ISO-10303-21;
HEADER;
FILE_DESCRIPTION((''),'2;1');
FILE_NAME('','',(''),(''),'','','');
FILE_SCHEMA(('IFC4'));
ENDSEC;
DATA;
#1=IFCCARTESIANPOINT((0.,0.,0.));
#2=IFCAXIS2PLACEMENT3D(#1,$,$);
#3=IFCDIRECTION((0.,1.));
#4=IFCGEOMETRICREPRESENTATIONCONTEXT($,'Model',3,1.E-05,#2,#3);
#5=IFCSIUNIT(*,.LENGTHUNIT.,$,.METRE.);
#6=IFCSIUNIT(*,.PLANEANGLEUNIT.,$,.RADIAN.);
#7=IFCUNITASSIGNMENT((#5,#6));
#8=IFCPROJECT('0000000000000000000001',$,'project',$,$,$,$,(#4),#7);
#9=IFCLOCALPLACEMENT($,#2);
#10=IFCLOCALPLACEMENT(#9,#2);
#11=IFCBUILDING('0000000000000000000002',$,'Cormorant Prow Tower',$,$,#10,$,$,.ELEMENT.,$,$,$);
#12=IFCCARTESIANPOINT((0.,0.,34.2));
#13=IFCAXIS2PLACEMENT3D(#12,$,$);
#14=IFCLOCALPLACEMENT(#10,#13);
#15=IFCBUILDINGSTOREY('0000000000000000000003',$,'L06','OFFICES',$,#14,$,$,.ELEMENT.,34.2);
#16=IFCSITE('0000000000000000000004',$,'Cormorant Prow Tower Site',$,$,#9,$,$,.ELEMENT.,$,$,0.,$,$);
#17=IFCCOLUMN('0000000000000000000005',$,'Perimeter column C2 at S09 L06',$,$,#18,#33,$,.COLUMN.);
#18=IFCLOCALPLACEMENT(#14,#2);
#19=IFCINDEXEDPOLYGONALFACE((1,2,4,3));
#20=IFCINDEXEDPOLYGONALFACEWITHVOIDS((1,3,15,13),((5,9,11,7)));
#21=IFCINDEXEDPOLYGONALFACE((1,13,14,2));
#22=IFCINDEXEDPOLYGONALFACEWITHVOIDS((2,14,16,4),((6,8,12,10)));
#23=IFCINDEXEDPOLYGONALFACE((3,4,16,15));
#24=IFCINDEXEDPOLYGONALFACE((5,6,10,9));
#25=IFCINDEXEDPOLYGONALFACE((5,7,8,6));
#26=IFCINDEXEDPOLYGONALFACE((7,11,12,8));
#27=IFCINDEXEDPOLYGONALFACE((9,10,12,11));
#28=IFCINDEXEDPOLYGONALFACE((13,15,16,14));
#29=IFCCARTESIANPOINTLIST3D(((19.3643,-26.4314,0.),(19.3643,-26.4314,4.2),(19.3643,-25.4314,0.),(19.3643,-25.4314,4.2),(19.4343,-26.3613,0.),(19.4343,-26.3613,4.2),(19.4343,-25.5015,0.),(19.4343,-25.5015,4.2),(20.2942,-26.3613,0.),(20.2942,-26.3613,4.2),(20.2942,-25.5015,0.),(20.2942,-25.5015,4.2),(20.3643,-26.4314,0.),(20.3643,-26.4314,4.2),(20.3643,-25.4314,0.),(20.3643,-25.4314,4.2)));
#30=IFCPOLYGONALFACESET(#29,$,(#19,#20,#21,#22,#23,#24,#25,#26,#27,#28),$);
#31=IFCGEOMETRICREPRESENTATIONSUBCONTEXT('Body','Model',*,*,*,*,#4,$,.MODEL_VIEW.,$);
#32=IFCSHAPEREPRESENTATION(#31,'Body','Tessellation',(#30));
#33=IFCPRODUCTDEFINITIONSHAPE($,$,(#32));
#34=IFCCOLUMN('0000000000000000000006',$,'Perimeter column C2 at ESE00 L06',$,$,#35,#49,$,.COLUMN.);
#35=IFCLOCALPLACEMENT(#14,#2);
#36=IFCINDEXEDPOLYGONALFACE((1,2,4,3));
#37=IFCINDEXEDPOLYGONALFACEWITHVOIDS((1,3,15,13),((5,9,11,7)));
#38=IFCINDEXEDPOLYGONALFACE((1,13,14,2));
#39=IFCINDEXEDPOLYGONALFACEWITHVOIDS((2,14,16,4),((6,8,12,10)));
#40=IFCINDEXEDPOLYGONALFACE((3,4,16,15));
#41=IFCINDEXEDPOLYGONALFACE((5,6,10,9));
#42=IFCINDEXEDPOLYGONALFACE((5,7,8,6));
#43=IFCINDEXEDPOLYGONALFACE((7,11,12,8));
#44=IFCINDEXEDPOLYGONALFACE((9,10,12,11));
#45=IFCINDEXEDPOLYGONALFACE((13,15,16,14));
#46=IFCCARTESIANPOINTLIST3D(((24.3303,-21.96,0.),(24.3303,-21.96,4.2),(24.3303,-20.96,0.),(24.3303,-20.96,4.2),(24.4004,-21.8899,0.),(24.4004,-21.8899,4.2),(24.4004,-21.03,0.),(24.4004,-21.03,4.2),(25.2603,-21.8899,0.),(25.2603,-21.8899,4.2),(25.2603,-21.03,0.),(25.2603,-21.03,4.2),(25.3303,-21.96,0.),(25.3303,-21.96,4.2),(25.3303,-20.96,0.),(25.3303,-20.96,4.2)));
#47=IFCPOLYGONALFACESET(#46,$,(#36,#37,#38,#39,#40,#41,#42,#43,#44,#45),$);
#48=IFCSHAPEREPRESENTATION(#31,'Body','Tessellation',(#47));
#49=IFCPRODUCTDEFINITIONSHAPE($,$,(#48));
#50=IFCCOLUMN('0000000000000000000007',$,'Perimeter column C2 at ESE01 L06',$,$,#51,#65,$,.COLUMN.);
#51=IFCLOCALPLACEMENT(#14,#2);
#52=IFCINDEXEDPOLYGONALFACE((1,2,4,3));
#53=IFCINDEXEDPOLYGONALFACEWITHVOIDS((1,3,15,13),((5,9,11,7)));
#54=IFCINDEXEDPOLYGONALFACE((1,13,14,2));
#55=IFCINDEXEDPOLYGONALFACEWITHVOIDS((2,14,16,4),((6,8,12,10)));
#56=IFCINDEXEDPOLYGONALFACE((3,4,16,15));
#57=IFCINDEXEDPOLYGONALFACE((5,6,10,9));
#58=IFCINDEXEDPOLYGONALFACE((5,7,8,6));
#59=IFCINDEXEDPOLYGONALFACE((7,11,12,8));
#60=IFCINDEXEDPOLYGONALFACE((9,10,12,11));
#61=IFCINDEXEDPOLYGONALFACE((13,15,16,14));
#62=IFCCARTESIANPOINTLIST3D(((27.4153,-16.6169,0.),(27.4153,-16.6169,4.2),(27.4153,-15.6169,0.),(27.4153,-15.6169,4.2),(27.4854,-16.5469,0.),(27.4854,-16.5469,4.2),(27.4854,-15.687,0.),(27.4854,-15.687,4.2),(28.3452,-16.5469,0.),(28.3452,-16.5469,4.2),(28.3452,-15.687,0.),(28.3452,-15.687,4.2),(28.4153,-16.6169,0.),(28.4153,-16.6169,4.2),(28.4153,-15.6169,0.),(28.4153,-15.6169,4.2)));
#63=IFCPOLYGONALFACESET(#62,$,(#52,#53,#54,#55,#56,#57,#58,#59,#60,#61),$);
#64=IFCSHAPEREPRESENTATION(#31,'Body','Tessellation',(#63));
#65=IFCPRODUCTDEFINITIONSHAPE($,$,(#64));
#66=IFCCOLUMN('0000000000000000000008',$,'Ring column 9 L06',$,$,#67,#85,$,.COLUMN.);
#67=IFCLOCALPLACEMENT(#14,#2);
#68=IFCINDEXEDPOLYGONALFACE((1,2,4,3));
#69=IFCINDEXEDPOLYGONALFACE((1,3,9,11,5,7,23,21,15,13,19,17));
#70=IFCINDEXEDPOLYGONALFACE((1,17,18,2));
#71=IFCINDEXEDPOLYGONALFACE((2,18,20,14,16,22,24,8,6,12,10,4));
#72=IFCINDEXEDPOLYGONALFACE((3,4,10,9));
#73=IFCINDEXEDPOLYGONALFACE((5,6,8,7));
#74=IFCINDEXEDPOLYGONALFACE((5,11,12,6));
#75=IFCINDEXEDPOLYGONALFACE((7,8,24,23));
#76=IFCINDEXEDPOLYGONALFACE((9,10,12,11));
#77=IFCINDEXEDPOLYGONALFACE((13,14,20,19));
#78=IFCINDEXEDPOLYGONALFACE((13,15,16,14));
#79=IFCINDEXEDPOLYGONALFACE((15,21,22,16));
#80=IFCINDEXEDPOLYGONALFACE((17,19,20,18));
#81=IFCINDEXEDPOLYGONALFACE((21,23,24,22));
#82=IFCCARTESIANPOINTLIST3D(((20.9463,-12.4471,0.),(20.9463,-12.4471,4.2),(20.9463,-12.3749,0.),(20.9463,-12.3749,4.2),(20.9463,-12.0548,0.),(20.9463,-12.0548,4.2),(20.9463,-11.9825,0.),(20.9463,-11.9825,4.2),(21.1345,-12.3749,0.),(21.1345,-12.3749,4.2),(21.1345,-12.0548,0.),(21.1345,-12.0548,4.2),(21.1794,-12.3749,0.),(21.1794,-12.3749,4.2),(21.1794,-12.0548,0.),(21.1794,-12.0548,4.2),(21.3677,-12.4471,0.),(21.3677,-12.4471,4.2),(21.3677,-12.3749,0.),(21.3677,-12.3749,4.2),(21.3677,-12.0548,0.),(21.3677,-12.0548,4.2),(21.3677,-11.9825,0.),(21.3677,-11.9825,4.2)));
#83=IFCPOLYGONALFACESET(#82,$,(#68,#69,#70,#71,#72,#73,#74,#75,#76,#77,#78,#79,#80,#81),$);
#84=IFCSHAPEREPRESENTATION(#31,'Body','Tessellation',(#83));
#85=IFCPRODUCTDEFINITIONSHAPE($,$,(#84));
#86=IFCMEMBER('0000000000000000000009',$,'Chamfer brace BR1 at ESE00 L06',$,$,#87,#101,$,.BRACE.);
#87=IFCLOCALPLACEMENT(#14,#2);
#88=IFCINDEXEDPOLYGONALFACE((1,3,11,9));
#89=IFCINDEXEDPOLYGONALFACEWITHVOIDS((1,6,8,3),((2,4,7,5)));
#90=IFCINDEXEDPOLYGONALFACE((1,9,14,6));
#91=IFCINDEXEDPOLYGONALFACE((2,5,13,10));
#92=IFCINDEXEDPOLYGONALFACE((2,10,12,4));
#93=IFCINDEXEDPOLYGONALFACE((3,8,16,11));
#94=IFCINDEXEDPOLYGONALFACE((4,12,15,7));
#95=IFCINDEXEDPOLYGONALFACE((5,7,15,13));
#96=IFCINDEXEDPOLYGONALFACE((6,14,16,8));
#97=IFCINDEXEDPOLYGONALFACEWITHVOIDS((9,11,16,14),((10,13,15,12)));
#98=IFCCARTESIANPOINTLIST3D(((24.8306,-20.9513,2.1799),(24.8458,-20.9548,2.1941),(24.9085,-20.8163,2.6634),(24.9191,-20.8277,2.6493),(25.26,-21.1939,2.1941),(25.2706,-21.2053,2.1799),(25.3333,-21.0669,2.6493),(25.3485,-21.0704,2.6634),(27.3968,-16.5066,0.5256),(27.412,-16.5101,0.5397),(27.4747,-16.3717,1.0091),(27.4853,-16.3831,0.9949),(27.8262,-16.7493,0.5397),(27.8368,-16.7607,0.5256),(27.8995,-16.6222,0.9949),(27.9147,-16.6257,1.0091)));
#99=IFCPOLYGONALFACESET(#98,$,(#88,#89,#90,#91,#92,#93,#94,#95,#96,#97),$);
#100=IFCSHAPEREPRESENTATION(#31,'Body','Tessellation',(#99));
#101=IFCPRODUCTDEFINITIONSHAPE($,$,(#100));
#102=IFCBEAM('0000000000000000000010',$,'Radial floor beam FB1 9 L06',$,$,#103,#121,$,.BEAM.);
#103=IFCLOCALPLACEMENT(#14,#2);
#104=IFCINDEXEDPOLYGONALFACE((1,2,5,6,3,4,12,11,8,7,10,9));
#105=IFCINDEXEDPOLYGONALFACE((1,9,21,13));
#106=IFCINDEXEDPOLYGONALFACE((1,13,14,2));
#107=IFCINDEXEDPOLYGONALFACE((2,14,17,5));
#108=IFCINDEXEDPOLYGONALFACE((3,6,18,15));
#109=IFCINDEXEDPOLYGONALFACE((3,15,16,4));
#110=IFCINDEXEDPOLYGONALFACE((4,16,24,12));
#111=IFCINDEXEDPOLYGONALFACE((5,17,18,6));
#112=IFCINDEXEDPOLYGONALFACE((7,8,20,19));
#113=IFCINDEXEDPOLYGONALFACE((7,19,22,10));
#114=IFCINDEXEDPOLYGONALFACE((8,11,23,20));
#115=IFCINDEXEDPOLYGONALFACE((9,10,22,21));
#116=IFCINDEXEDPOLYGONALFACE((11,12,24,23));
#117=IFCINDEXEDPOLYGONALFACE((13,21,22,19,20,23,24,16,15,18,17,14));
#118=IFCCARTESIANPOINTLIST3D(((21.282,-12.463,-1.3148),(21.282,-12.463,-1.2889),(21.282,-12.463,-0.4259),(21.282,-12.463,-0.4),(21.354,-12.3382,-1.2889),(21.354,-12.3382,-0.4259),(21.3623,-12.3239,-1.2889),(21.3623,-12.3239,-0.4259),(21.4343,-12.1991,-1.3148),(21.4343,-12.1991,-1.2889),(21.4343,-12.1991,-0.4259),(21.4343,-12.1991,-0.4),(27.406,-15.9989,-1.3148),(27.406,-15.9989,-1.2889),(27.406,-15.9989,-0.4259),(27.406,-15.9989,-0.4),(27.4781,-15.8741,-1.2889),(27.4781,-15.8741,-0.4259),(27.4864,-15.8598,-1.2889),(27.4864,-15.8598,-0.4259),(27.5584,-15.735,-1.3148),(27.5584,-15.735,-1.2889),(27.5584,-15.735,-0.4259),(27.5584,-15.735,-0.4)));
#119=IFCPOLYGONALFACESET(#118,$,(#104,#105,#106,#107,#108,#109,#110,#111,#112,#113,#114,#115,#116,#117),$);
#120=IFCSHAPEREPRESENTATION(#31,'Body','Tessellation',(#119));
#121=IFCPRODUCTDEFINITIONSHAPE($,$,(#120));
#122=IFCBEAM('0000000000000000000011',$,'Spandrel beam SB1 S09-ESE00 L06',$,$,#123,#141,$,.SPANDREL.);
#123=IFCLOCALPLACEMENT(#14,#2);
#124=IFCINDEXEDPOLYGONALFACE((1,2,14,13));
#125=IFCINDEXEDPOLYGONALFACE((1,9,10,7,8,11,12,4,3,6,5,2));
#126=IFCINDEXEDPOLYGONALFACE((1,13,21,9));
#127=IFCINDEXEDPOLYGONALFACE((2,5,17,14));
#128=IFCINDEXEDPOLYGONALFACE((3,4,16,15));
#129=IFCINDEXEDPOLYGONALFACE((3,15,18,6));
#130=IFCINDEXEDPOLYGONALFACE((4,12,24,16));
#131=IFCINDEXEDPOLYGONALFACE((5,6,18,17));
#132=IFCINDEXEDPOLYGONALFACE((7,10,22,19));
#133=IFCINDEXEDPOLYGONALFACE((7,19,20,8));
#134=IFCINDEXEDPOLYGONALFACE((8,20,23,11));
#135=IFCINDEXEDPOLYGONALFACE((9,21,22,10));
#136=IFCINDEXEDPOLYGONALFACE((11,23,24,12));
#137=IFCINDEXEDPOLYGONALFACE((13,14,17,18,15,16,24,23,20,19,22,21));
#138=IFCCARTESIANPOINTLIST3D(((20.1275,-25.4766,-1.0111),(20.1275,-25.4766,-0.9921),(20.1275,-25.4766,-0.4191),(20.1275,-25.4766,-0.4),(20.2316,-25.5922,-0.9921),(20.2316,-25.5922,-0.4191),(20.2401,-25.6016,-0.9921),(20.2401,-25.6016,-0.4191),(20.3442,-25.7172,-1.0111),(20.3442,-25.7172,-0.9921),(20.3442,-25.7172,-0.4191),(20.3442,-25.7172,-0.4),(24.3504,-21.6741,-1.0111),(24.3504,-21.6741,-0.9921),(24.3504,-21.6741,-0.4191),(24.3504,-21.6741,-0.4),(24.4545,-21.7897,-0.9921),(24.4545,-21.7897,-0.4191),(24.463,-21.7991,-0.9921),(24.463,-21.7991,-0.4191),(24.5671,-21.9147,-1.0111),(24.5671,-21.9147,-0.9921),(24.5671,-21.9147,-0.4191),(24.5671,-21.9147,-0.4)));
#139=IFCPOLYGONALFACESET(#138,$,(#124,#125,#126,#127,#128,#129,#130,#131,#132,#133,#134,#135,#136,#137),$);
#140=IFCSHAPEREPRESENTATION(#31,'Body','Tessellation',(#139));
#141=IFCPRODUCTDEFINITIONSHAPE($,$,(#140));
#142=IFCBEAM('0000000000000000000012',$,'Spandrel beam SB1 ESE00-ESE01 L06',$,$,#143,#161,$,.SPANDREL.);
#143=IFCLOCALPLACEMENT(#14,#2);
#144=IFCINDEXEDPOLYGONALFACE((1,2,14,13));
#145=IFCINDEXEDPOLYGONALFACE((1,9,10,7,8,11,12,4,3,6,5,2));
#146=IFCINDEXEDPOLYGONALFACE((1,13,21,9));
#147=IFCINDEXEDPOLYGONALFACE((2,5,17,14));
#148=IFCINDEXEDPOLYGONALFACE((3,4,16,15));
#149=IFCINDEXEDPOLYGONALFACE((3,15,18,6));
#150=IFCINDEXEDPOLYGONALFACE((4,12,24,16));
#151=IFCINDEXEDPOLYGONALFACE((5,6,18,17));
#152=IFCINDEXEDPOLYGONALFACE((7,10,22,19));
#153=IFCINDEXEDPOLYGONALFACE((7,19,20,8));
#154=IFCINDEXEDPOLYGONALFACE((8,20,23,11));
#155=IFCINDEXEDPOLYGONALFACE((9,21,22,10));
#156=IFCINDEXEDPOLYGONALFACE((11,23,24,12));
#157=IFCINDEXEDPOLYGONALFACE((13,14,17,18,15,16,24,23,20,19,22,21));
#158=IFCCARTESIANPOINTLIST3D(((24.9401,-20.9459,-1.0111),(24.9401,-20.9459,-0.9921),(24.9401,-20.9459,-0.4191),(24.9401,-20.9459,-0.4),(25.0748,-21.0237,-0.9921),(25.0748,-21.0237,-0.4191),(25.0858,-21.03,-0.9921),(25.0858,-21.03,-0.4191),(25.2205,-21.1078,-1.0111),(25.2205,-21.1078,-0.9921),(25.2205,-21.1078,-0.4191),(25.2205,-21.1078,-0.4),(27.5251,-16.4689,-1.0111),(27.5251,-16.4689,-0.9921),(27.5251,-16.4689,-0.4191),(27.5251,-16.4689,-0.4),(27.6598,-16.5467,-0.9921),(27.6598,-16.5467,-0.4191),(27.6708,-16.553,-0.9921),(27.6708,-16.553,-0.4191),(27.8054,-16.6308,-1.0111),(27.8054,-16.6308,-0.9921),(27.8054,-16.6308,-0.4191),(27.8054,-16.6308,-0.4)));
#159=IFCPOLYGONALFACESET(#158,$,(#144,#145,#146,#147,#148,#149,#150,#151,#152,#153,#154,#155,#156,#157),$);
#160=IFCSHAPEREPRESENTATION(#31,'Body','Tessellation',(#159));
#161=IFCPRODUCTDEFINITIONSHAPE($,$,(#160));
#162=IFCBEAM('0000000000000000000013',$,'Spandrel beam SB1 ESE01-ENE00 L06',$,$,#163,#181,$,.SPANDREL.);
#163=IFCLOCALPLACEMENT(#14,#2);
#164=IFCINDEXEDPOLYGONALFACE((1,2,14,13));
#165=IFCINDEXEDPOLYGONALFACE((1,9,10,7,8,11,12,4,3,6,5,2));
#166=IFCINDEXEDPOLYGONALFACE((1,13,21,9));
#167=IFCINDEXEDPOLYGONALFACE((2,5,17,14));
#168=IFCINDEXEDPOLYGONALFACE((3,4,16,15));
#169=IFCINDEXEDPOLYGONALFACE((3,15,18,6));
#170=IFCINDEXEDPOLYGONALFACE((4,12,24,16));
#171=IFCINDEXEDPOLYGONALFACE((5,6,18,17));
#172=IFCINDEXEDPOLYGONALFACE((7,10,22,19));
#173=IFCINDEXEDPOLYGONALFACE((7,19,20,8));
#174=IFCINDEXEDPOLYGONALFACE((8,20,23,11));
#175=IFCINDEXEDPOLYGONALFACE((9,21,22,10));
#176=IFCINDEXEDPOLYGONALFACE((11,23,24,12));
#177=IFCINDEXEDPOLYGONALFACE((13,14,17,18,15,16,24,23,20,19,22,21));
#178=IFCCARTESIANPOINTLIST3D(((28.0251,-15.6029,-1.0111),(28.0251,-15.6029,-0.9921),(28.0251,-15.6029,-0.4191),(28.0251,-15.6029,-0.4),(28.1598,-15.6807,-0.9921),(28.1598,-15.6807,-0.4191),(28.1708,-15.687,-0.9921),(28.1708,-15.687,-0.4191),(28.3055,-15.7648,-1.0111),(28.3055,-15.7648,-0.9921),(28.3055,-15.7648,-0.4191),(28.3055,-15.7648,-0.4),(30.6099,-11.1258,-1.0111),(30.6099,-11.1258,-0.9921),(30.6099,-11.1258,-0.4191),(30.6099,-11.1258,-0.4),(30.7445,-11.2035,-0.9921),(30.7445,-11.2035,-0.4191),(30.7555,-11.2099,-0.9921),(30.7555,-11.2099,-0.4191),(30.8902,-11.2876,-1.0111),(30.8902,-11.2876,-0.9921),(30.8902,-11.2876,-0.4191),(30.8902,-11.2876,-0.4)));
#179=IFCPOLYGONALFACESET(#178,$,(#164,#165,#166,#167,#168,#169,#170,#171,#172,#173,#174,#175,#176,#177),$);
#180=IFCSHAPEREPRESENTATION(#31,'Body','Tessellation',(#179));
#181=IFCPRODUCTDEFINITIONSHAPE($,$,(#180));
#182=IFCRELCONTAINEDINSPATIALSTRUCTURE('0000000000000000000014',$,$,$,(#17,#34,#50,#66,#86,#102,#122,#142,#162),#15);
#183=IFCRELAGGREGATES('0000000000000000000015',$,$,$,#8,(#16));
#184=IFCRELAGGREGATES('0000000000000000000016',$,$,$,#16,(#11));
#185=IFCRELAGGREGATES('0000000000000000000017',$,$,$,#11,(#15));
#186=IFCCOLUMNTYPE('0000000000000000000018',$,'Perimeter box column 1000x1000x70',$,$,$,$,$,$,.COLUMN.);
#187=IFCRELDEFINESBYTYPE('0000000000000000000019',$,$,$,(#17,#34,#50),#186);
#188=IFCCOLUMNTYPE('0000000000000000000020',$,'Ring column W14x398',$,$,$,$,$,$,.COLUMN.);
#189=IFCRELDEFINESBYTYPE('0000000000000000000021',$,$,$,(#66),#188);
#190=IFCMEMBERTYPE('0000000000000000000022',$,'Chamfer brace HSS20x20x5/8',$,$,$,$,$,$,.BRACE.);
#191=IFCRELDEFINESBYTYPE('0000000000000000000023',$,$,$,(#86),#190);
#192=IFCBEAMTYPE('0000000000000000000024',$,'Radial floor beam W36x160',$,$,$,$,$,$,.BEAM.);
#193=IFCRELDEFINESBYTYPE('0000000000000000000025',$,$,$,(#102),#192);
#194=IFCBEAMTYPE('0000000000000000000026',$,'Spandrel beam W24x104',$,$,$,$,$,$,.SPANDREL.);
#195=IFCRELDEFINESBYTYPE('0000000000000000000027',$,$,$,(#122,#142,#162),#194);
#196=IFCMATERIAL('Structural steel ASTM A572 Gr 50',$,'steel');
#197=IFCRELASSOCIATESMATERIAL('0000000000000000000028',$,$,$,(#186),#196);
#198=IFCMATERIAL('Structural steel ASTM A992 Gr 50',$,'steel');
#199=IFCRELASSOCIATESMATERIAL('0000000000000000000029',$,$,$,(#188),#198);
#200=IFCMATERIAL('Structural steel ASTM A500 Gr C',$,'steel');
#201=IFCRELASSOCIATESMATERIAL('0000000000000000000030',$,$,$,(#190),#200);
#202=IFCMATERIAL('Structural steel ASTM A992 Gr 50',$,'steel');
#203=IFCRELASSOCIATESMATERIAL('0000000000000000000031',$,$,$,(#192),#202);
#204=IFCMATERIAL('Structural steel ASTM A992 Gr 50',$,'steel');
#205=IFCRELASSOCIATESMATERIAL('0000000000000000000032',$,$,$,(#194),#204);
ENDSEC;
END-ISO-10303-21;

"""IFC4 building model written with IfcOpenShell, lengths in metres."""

from ifc_helpers import new_model, si_unit, direction, frame, origin, origin_2d, place, context, subcontext, project, spatial, hollow_rectangle, i_section, extrude, material, material_profile, profile_set, type_object, element, save


model = new_model("IFC4")

# Units and contexts
model_context = context("Model", 3, precision=1e-05, world=origin(), true_north=direction((0.0, 1.0)))
body_context = subcontext(model_context, "Body", "Model", "MODEL_VIEW")
ifc_project = project(units=[si_unit("LENGTHUNIT", "METRE"), si_unit("PLANEANGLEUNIT", "RADIAN")], contexts=[model_context])

# Site, building, storey
site_placement = place(None, origin())
site = spatial("IfcSite", under=ifc_project, at=site_placement, Name="Cormorant Prow Tower Site", CompositionType="ELEMENT", RefElevation=0.0)
building_placement = place(site_placement, origin())
building = spatial("IfcBuilding", under=site, at=building_placement, Name="Cormorant Prow Tower", CompositionType="ELEMENT")
storey_placement = place(building_placement, frame((0.0, 0.0, 34.2)))
storey = spatial("IfcBuildingStorey", under=building, at=storey_placement, Name="L06", Description="OFFICES", CompositionType="ELEMENT", Elevation=34.2)

# Columns
ifc_material_1 = material(Name="Structural steel ASTM A572 Gr 50", Category="steel")
ifc_material_profile_1 = material_profile(ifc_material_1, hollow_rectangle(XDim=1.0, YDim=1.0, WallThickness=0.0701, at=origin_2d()), Name="Box 1000x1000x70")
ifc_profile_set_1 = profile_set([ifc_material_profile_1], Name="Structural steel ASTM A572 Gr 50")
column_type_1 = type_object("IfcColumnType", Name="Perimeter box column 1000x1000x70", PredefinedType="COLUMN", material=ifc_profile_set_1)
for number, where, z_axis, x_axis, name in (
    (1, (19.8643, -25.9314, 0.0), (0.0, 0.0, 1.0), (1.0, 0.0, 0.0), "Perimeter column C2 at S09 L06"),
    (2, (24.8303, -21.46, 0.0), (0.0, 0.0, 1.0), (1.0, 0.0, 0.0), "Perimeter column C2 at ESE00 L06"),
    (3, (27.9153, -16.1169, 0.0), (0.0, 0.0, 1.0), (1.0, 0.0, 0.0), "Perimeter column C2 at ESE01 L06"),
):
    element("IfcColumn", number, at=place(storey_placement, frame(where, z_axis=z_axis, x_axis=x_axis)), inside=storey, type_object=column_type_1, Name=name, PredefinedType="COLUMN", context=body_context, shape_type="SweptSolid", body=[
        extrude(hollow_rectangle(XDim=1.0, YDim=1.0, WallThickness=0.0701, at=origin_2d()), origin(), (0.0, 0.0, 1.0), 4.2),
    ])
ifc_material_2 = material(Name="Structural steel ASTM A992 Gr 50", Category="steel")
ifc_material_profile_2 = material_profile(ifc_material_2, i_section(OverallWidth=0.4214, OverallDepth=0.4646, WebThickness=0.0449, FlangeThickness=0.0723, at=origin_2d()), Name="W14x398")
ifc_profile_set_2 = profile_set([ifc_material_profile_2], Name="Structural steel ASTM A992 Gr 50")
column_type_2 = type_object("IfcColumnType", Name="Ring column W14x398", PredefinedType="COLUMN", material=ifc_profile_set_2)
column_placement = place(storey_placement, frame((21.157, -12.2148, 0.0), z_axis=(0.0, 0.0, 1.0), x_axis=(1.0, 0.0, 0.0)))
element("IfcColumn", 4, at=column_placement, inside=storey, type_object=column_type_2, Name="Ring column 9 L06", PredefinedType="COLUMN", context=body_context, shape_type="SweptSolid", body=[
    extrude(i_section(OverallWidth=0.4214, OverallDepth=0.4646, WebThickness=0.0449, FlangeThickness=0.0723, at=origin_2d()), origin(), (0.0, 0.0, 1.0), 4.2),
])

# Member
ifc_material_3 = material(Name="Structural steel ASTM A500 Gr C", Category="steel")
ifc_material_profile_3 = material_profile(ifc_material_3, hollow_rectangle(XDim=0.5081, YDim=0.5081, WallThickness=0.0149, at=origin_2d()), Name="HSS20x20x5/8")
ifc_profile_set_3 = profile_set([ifc_material_profile_3], Name="Structural steel ASTM A500 Gr C")
member_type = type_object("IfcMemberType", Name="Chamfer brace HSS20x20x5/8", PredefinedType="BRACE", material=ifc_profile_set_3)
member_placement = place(storey_placement, frame((27.6558, -16.5662, 0.7673), z_axis=(-0.4759, -0.824256, 0.306793), x_axis=(0.866018, -0.500012, 0.0)))
element("IfcMember", 5, at=member_placement, inside=storey, type_object=member_type, Name="Chamfer brace BR1 at ESE00 L06", PredefinedType="BRACE", context=body_context, shape_type="SweptSolid", body=[
    extrude(hollow_rectangle(XDim=0.5081, YDim=0.5081, WallThickness=0.0149, at=origin_2d()), origin(), (0.0, 0.0, 1.0), 5.3923),
])

# Beams
ifc_material_4 = material(Name="Structural steel ASTM A992 Gr 50", Category="steel")
ifc_material_profile_4 = material_profile(ifc_material_4, i_section(OverallWidth=0.3047, OverallDepth=0.9148, WebThickness=0.0166, FlangeThickness=0.0259, at=origin_2d()), Name="W36x160")
ifc_profile_set_4 = profile_set([ifc_material_profile_4], Name="Structural steel ASTM A992 Gr 50")
beam_type_1 = type_object("IfcBeamType", Name="Radial floor beam W36x160", PredefinedType="BEAM", material=ifc_profile_set_4)
beam_1_placement = place(storey_placement, frame((21.3582, -12.3311, -0.8574), z_axis=(0.866014, -0.500019, 0.0), x_axis=(0.500019, 0.866014, 0.0)))
element("IfcBeam", 6, at=beam_1_placement, inside=storey, type_object=beam_type_1, Name="Radial floor beam FB1 9 L06", PredefinedType="BEAM", context=body_context, shape_type="SweptSolid", body=[
    extrude(i_section(OverallWidth=0.3047, OverallDepth=0.9148, WebThickness=0.0166, FlangeThickness=0.0259, at=origin_2d()), origin(), (0.0, 0.0, 1.0), 7.0715),
])
ifc_material_5 = material(Name="Structural steel ASTM A992 Gr 50", Category="steel")
ifc_material_profile_5 = material_profile(ifc_material_5, i_section(OverallWidth=0.3237, OverallDepth=0.6111, WebThickness=0.0127, FlangeThickness=0.019, at=origin_2d()), Name="W24x104")
ifc_profile_set_5 = profile_set([ifc_material_profile_5], Name="Structural steel ASTM A992 Gr 50")
beam_type_2 = type_object("IfcBeamType", Name="Spandrel beam W24x104", PredefinedType="SPANDREL", material=ifc_profile_set_5)
beam_2_placement = place(storey_placement, frame((20.2358, -25.5969, -0.7056), z_axis=(0.74313, 0.669147, 0.0), x_axis=(-0.669147, 0.74313, 0.0)))
element("IfcBeam", 7, at=beam_2_placement, inside=storey, type_object=beam_type_2, Name="Spandrel beam SB1 S09-ESE00 L06", PredefinedType="SPANDREL", context=body_context, shape_type="SweptSolid", body=[
    extrude(i_section(OverallWidth=0.3237, OverallDepth=0.6111, WebThickness=0.0127, FlangeThickness=0.019, at=origin_2d()), origin(), (0.0, 0.0, 1.0), 5.6826),
])
for number, where, z_axis, x_axis, name in (
    (8, (25.0803, -21.0269, -0.7056), (0.50002, 0.866014, 0.0), (-0.866014, 0.50002, 0.0), "Spandrel beam SB1 ESE00-ESE01 L06"),
    (9, (28.1653, -15.6838, -0.7056), (0.499984, 0.866035, 0.0), (-0.866035, 0.499984, 0.0), "Spandrel beam SB1 ESE01-ENE00 L06"),
):
    element("IfcBeam", number, at=place(storey_placement, frame(where, z_axis=z_axis, x_axis=x_axis)), inside=storey, type_object=beam_type_2, Name=name, PredefinedType="SPANDREL", context=body_context, shape_type="SweptSolid", body=[
        extrude(i_section(OverallWidth=0.3237, OverallDepth=0.6111, WebThickness=0.0127, FlangeThickness=0.019, at=origin_2d()), origin(), (0.0, 0.0, 1.0), 5.1697),
    ])

save(model, "model.ifc")
